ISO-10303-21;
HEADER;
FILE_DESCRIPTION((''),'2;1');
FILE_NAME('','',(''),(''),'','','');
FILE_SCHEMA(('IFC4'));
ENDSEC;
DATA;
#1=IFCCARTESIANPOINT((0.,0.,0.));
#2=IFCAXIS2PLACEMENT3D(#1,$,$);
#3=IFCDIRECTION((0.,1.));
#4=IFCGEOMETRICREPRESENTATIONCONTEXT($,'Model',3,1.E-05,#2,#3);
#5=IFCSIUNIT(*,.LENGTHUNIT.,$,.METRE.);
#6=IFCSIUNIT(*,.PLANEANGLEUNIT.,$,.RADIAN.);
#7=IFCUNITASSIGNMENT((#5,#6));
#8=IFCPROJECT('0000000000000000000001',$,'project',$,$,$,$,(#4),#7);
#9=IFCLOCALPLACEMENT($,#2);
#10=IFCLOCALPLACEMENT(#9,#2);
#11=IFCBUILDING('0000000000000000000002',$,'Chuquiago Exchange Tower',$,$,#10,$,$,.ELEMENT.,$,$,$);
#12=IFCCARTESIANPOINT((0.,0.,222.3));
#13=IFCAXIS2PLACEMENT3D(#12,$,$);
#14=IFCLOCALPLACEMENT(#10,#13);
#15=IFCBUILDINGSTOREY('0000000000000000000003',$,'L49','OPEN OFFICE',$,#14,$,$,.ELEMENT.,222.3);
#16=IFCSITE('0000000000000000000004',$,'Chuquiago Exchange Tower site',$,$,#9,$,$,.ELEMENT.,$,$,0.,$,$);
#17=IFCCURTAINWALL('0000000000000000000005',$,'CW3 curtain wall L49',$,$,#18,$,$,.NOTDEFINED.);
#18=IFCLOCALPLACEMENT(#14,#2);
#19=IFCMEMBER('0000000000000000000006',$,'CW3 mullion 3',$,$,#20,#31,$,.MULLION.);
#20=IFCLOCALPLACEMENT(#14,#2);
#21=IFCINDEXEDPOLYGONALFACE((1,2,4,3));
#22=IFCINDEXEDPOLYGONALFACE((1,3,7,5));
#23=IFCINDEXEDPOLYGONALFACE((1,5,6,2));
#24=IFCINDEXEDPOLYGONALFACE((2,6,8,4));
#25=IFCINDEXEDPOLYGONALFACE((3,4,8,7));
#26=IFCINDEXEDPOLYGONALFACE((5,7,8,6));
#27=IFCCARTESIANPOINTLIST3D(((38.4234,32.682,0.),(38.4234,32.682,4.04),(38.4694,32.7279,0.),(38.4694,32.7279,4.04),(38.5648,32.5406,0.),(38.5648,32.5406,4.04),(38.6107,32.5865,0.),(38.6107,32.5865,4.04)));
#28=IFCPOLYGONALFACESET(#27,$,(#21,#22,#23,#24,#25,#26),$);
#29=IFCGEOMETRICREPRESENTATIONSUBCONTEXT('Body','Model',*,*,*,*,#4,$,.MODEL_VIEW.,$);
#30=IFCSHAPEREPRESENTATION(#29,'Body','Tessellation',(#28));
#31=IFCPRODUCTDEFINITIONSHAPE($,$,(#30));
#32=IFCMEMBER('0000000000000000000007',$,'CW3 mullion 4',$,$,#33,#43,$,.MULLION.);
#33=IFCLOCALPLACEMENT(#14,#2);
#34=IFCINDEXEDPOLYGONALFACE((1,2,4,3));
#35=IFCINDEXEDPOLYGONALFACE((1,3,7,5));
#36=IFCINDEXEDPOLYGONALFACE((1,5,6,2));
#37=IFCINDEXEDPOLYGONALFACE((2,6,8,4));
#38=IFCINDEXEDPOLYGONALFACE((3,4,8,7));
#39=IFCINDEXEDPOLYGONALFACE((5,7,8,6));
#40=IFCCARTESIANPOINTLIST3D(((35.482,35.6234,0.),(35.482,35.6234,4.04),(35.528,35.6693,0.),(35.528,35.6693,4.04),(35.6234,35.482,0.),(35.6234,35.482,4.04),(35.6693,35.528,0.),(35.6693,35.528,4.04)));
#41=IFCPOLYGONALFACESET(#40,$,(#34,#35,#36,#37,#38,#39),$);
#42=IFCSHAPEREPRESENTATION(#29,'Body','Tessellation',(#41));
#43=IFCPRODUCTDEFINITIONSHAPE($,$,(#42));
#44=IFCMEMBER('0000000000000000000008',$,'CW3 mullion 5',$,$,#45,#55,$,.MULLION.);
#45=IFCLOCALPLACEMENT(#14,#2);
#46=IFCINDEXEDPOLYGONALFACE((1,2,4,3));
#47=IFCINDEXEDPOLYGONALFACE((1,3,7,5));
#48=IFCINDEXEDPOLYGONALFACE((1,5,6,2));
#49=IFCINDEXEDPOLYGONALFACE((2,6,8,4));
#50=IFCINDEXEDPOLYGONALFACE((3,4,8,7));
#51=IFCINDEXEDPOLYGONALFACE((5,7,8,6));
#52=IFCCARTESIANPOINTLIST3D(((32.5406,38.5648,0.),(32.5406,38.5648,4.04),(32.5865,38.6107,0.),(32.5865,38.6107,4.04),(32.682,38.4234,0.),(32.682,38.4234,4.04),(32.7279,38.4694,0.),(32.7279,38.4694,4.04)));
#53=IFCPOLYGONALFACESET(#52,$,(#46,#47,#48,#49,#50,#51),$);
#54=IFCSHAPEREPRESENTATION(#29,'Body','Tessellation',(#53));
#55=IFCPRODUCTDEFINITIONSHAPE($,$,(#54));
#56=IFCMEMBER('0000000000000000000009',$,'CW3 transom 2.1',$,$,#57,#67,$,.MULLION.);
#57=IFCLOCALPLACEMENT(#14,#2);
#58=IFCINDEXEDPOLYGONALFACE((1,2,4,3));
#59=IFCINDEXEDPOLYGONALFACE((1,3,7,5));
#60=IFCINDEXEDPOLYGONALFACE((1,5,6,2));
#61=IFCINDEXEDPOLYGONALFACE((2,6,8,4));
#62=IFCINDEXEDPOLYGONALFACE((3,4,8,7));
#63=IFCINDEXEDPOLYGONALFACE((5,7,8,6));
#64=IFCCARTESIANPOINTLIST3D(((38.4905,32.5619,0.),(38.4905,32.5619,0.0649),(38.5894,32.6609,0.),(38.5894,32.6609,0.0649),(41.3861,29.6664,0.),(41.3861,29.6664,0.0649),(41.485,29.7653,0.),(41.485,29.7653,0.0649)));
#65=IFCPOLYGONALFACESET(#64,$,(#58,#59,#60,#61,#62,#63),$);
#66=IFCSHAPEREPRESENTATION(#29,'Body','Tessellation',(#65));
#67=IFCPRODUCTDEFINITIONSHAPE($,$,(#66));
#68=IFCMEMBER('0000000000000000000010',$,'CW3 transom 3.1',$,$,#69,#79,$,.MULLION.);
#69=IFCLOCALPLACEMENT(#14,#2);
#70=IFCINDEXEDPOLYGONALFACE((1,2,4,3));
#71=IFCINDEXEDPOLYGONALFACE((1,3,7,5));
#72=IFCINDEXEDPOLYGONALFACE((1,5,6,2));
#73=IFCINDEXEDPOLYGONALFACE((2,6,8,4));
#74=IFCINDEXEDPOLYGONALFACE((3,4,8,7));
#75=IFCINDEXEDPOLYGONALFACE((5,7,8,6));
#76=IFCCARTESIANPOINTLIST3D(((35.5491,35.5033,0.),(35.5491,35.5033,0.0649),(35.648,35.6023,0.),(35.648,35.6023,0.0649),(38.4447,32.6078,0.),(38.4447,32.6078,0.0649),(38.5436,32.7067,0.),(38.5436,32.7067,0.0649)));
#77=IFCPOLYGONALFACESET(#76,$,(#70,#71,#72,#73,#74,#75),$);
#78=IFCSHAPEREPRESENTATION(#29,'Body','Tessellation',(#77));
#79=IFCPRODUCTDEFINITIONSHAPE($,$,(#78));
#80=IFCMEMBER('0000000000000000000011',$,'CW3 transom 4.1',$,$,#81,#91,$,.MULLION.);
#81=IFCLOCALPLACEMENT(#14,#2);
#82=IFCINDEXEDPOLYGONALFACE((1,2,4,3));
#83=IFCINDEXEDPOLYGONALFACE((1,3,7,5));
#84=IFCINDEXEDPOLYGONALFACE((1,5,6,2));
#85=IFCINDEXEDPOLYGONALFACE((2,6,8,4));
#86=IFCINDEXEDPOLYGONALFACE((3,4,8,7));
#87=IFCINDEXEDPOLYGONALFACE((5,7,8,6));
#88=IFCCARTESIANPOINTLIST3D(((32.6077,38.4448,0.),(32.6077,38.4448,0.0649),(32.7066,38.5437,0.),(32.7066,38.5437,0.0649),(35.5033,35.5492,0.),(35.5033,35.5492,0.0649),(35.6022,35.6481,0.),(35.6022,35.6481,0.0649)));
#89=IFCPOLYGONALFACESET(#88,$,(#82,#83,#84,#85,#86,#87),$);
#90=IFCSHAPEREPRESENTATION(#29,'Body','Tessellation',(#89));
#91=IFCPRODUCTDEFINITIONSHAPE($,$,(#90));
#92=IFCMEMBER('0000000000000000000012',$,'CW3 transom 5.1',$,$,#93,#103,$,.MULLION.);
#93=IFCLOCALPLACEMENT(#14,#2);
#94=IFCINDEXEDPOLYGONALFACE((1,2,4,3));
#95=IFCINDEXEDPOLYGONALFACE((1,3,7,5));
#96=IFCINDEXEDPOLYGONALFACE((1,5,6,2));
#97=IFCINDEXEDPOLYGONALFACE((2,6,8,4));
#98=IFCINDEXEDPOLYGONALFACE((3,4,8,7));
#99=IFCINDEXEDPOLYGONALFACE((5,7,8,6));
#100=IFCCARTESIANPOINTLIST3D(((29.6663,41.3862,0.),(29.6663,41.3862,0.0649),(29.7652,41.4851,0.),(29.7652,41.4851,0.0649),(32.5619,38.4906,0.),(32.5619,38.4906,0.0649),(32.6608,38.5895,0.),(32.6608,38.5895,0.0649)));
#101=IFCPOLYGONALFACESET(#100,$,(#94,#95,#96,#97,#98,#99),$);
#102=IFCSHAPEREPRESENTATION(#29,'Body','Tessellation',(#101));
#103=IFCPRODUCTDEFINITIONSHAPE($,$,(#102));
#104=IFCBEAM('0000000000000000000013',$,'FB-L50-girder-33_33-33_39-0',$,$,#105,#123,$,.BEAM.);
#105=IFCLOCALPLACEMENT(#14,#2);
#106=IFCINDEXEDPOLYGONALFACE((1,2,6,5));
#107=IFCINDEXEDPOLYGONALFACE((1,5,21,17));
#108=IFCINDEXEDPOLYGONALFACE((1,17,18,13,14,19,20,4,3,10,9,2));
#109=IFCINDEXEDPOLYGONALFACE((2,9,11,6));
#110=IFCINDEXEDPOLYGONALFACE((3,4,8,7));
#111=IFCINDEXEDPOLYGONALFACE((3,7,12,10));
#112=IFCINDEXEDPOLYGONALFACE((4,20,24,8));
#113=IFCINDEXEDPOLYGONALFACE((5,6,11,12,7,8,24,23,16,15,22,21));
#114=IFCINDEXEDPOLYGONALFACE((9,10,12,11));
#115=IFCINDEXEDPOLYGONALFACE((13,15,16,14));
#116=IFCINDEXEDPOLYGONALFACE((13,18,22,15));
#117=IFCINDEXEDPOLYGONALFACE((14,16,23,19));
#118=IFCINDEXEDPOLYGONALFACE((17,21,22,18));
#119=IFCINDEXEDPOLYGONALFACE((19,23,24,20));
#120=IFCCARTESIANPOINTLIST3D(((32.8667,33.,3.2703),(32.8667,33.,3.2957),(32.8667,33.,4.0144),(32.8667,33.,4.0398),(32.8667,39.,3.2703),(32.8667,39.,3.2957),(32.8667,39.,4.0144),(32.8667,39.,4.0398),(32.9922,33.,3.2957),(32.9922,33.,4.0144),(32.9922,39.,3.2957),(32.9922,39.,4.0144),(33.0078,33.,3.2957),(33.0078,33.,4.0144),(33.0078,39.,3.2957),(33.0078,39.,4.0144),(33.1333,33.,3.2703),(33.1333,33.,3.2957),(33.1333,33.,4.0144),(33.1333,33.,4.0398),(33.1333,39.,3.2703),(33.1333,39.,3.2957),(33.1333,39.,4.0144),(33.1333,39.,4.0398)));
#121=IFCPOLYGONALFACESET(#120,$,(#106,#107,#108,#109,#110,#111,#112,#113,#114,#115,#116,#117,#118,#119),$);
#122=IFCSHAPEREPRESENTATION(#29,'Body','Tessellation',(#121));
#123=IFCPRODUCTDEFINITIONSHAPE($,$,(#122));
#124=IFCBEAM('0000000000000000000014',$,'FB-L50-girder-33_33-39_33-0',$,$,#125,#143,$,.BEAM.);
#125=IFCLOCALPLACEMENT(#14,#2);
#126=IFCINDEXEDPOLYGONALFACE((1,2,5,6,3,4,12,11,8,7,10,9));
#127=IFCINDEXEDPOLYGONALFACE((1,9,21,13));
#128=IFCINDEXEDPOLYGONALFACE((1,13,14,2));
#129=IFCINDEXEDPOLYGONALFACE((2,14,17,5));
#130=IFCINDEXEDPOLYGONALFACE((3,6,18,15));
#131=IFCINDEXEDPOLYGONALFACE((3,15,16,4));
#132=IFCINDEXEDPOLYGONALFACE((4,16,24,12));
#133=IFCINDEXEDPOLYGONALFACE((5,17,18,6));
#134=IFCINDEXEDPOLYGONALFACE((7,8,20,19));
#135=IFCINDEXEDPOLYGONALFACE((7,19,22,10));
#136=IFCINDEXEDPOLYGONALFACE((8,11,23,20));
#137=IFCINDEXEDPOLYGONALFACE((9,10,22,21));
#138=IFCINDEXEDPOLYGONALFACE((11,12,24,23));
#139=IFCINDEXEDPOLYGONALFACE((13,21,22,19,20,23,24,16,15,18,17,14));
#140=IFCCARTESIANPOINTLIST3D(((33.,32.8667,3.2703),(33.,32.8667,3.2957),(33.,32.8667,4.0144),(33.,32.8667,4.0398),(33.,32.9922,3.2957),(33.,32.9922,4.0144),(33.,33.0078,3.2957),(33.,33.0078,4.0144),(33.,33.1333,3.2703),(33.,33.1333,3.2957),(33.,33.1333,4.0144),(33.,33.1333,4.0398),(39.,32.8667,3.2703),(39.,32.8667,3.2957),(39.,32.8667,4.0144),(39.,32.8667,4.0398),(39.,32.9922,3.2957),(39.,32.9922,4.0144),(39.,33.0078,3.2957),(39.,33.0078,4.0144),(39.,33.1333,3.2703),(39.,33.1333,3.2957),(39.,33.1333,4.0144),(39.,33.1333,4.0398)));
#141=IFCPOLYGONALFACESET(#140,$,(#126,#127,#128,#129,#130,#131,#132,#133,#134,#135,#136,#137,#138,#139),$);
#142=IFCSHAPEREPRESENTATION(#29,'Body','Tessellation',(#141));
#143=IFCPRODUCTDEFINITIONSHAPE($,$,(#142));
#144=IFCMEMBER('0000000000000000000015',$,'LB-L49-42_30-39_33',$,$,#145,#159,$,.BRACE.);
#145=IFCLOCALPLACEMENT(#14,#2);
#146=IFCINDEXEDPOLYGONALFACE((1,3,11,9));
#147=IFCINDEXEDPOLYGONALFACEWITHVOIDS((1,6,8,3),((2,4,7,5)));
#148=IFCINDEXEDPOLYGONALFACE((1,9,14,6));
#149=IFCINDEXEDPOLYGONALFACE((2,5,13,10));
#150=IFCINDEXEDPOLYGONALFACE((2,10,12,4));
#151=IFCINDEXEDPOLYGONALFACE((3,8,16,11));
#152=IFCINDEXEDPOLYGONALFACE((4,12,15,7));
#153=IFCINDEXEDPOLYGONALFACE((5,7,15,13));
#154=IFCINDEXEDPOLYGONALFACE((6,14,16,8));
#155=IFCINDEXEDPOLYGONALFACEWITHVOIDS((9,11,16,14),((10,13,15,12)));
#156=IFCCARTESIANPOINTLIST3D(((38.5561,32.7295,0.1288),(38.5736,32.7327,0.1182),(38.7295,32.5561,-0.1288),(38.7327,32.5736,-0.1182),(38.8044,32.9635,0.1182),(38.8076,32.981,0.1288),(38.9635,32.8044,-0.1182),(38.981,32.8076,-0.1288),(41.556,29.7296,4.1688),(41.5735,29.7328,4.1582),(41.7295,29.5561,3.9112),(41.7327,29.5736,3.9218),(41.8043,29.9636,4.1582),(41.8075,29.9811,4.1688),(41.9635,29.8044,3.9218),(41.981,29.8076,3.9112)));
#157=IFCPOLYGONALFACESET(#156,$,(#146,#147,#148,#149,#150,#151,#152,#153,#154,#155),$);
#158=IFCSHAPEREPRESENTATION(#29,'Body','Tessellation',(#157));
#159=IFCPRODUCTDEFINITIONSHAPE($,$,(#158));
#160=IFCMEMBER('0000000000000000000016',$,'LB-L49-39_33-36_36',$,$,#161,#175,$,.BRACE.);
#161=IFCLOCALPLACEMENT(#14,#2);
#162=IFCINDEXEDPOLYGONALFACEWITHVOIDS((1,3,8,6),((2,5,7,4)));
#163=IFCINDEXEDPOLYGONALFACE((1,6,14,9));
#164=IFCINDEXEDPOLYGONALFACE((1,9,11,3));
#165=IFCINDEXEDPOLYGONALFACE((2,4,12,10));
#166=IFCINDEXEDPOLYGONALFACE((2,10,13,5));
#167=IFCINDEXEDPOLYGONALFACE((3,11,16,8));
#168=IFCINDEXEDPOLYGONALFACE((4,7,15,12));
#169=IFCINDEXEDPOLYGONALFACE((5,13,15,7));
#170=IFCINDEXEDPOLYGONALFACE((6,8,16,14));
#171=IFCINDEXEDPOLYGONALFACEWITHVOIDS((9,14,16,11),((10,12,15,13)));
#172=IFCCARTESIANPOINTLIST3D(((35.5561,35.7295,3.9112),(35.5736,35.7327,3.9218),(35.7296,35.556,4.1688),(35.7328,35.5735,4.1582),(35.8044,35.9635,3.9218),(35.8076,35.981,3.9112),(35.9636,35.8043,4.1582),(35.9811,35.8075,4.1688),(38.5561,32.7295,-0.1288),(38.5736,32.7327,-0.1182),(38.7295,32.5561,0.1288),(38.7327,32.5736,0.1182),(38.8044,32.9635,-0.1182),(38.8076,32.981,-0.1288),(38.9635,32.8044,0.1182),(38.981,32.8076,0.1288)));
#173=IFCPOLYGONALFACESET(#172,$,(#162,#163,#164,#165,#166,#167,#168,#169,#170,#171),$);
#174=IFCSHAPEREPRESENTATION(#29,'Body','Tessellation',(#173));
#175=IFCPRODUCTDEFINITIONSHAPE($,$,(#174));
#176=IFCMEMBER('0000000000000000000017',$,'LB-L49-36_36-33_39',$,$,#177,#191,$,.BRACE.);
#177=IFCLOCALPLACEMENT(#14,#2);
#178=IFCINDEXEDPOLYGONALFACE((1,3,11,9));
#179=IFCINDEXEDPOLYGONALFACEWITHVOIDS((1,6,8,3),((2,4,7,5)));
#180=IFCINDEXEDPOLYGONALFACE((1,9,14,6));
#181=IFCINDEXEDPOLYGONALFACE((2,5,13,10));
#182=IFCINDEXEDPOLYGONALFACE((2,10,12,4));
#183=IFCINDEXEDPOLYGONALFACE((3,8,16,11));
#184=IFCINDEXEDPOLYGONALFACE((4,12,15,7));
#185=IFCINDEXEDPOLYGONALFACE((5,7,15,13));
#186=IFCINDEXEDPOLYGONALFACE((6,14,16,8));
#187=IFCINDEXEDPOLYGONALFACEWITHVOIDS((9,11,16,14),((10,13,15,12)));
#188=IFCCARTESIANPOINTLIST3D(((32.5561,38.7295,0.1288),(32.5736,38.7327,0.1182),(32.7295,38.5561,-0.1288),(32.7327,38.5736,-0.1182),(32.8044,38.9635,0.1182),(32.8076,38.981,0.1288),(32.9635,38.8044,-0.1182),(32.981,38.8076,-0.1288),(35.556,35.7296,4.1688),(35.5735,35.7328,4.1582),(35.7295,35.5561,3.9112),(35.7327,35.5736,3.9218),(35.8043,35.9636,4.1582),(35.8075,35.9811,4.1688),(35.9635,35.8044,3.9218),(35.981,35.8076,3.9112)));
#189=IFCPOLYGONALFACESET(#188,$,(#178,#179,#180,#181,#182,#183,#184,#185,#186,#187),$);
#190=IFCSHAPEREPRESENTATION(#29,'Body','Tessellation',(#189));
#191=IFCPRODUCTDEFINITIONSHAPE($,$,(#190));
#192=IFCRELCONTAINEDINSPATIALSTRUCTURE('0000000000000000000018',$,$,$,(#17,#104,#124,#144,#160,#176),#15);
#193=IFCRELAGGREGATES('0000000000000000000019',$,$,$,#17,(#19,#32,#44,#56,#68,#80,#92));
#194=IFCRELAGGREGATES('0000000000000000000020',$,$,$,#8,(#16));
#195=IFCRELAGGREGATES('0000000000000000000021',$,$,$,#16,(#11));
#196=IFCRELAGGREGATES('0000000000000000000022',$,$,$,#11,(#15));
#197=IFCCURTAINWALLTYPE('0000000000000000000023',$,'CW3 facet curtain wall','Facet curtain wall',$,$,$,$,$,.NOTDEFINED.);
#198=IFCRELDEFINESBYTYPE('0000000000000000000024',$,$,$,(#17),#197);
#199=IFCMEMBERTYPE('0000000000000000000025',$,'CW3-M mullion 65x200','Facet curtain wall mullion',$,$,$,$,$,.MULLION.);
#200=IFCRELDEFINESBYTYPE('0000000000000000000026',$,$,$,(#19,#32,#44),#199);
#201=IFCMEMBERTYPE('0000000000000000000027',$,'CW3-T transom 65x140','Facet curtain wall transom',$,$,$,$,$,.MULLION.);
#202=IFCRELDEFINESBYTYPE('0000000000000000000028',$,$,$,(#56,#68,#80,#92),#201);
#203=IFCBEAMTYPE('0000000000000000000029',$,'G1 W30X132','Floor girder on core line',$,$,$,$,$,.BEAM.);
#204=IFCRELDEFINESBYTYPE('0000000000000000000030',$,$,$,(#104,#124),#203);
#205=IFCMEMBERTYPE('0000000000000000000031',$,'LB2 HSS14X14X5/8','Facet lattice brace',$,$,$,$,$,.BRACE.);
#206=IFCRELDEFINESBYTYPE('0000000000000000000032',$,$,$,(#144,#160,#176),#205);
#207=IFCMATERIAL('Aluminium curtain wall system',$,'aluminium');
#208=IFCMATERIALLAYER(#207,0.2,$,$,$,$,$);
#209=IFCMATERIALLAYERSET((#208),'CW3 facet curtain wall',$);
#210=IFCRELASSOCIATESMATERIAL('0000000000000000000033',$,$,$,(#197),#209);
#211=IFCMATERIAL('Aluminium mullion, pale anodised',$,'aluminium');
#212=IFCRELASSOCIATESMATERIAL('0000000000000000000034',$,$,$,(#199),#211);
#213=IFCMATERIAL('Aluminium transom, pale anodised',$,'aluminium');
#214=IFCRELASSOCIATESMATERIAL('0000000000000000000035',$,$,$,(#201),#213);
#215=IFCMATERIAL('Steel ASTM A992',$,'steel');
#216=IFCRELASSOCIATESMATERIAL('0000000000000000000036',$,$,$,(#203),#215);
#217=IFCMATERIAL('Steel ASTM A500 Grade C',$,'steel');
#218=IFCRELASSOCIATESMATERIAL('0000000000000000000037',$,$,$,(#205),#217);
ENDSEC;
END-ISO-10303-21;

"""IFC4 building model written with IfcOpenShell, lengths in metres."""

from ifc_helpers import new_model, si_unit, direction, frame, origin, origin_2d, place, context, subcontext, project, spatial, rectangle, hollow_rectangle, i_section, extrude, material, layer, layer_set, material_profile, profile_set, type_object, element, aggregate, save


model = new_model("IFC4")

# Units and contexts
model_context = context("Model", 3, precision=1e-05, world=origin(), true_north=direction((0.0, 1.0)))
body_context = subcontext(model_context, "Body", "Model", "MODEL_VIEW")
ifc_project = project(units=[si_unit("LENGTHUNIT", "METRE"), si_unit("PLANEANGLEUNIT", "RADIAN")], contexts=[model_context])

# Site, building, storey
site_placement = place(None, origin())
site = spatial("IfcSite", under=ifc_project, at=site_placement, Name="Chuquiago Exchange Tower site", CompositionType="ELEMENT", RefElevation=0.0)
building_placement = place(site_placement, origin())
building = spatial("IfcBuilding", under=site, at=building_placement, Name="Chuquiago Exchange Tower", CompositionType="ELEMENT")
storey_placement = place(building_placement, frame((0.0, 0.0, 222.3)))
storey = spatial("IfcBuildingStorey", under=building, at=storey_placement, Name="L49", Description="OPEN OFFICE", CompositionType="ELEMENT", Elevation=222.3)

# Curtain wall, members
ifc_material_1 = material(Name="Aluminium curtain wall system", Category="aluminium")
ifc_layer_1 = layer(ifc_material_1, 0.2)
ifc_layer_set_1 = layer_set([ifc_layer_1], Name="CW3 facet curtain wall")
curtain_wall_type = type_object("IfcCurtainWallType", Name="CW3 facet curtain wall", Description="Facet curtain wall", PredefinedType="NOTDEFINED", material=ifc_layer_set_1)
curtain_wall_placement = place(storey_placement, origin())
curtain_wall = element("IfcCurtainWall", 1, at=curtain_wall_placement, inside=storey, type_object=curtain_wall_type, Name="CW3 curtain wall L49", PredefinedType="NOTDEFINED")
ifc_material_2 = material(Name="Aluminium mullion, pale anodised", Category="aluminium")
ifc_material_profile_1 = material_profile(ifc_material_2, rectangle(XDim=0.0649, YDim=0.2, at=origin_2d()), Name="AL 65x200")
ifc_profile_set_1 = profile_set([ifc_material_profile_1], Name="Aluminium mullion, pale anodised")
member_type_1 = type_object("IfcMemberType", Name="CW3-M mullion 65x200", Description="Facet curtain wall mullion", PredefinedType="MULLION", material=ifc_profile_set_1)
member_1_placement = place(storey_placement, frame((38.5171, 32.6343, 0.0), z_axis=(0.0, 0.0, 1.0), x_axis=(-0.707107, -0.707107, 0.0)))
member_1 = element("IfcMember", 2, at=member_1_placement, type_object=member_type_1, Name="CW3 mullion 3", PredefinedType="MULLION", context=body_context, shape_type="SweptSolid", body=[
    extrude(rectangle(XDim=0.0649, YDim=0.2, at=origin_2d()), origin(), (0.0, 0.0, 1.0), 4.04),
])
member_2_placement = place(storey_placement, frame((35.5757, 35.5757, 0.0), z_axis=(0.0, 0.0, 1.0), x_axis=(-0.707107, -0.707107, 0.0)))
member_2 = element("IfcMember", 3, at=member_2_placement, type_object=member_type_1, Name="CW3 mullion 4", PredefinedType="MULLION", context=body_context, shape_type="SweptSolid", body=[
    extrude(rectangle(XDim=0.0649, YDim=0.2, at=origin_2d()), origin(), (0.0, 0.0, 1.0), 4.04),
])
member_3_placement = place(storey_placement, frame((32.6343, 38.5171, 0.0), z_axis=(0.0, 0.0, 1.0), x_axis=(-0.707107, -0.707107, 0.0)))
member_3 = element("IfcMember", 4, at=member_3_placement, type_object=member_type_1, Name="CW3 mullion 5", PredefinedType="MULLION", context=body_context, shape_type="SweptSolid", body=[
    extrude(rectangle(XDim=0.0649, YDim=0.2, at=origin_2d()), origin(), (0.0, 0.0, 1.0), 4.04),
])
ifc_material_3 = material(Name="Aluminium transom, pale anodised", Category="aluminium")
ifc_material_profile_2 = material_profile(ifc_material_3, rectangle(XDim=0.1399, YDim=0.0649, at=origin_2d()), Name="AL 140x65")
ifc_profile_set_2 = profile_set([ifc_material_profile_2], Name="Aluminium transom, pale anodised")
member_type_2 = type_object("IfcMemberType", Name="CW3-T transom 65x140", Description="Facet curtain wall transom", PredefinedType="MULLION", material=ifc_profile_set_2)
member_4_placement = place(storey_placement, frame((41.4355, 29.7158, 0.0325), z_axis=(-0.707107, 0.707107, 0.0), x_axis=(-0.707107, -0.707107, 0.0)))
member_4 = element("IfcMember", 5, at=member_4_placement, type_object=member_type_2, Name="CW3 transom 2.1", PredefinedType="MULLION", context=body_context, shape_type="SweptSolid", body=[
    extrude(rectangle(XDim=0.1399, YDim=0.0649, at=origin_2d()), origin(), (0.0, 0.0, 1.0), 4.095),
])
member_5_placement = place(storey_placement, frame((38.4941, 32.6572, 0.0325), z_axis=(-0.707107, 0.707107, 0.0), x_axis=(-0.707107, -0.707107, 0.0)))
member_5 = element("IfcMember", 6, at=member_5_placement, type_object=member_type_2, Name="CW3 transom 3.1", PredefinedType="MULLION", context=body_context, shape_type="SweptSolid", body=[
    extrude(rectangle(XDim=0.1399, YDim=0.0649, at=origin_2d()), origin(), (0.0, 0.0, 1.0), 4.095),
])
member_6_placement = place(storey_placement, frame((35.5527, 35.5986, 0.0325), z_axis=(-0.707107, 0.707107, 0.0), x_axis=(-0.707107, -0.707107, 0.0)))
member_6 = element("IfcMember", 7, at=member_6_placement, type_object=member_type_2, Name="CW3 transom 4.1", PredefinedType="MULLION", context=body_context, shape_type="SweptSolid", body=[
    extrude(rectangle(XDim=0.1399, YDim=0.0649, at=origin_2d()), origin(), (0.0, 0.0, 1.0), 4.095),
])
member_7_placement = place(storey_placement, frame((32.6113, 38.54, 0.0325), z_axis=(-0.707107, 0.707107, 0.0), x_axis=(-0.707107, -0.707107, 0.0)))
member_7 = element("IfcMember", 8, at=member_7_placement, type_object=member_type_2, Name="CW3 transom 5.1", PredefinedType="MULLION", context=body_context, shape_type="SweptSolid", body=[
    extrude(rectangle(XDim=0.1399, YDim=0.0649, at=origin_2d()), origin(), (0.0, 0.0, 1.0), 4.095),
])

# Beams
ifc_material_4 = material(Name="Steel ASTM A992", Category="steel")
ifc_material_profile_3 = material_profile(ifc_material_4, i_section(OverallWidth=0.2666, OverallDepth=0.7695, WebThickness=0.0156, FlangeThickness=0.0254, at=origin_2d()), Name="W30X132")
ifc_profile_set_3 = profile_set([ifc_material_profile_3], Name="Steel ASTM A992")
beam_type_1 = type_object("IfcBeamType", Name="G1 W30X132", Description="Floor girder on core line", PredefinedType="BEAM", material=ifc_profile_set_3)
for number, where, z_axis, x_axis, name in (
    (9, (33.0, 33.0, 3.655), (0.0, 1.0, 0.0), (-1.0, 0.0, 0.0), "FB-L50-girder-33_33-33_39-0"),
    (10, (33.0, 33.0, 3.655), (1.0, 0.0, 0.0), (0.0, 1.0, 0.0), "FB-L50-girder-33_33-39_33-0"),
):
    element("IfcBeam", number, at=place(storey_placement, frame(where, z_axis=z_axis, x_axis=x_axis)), inside=storey, type_object=beam_type_1, Name=name, PredefinedType="BEAM", context=body_context, shape_type="SweptSolid", body=[
        extrude(i_section(OverallWidth=0.2666, OverallDepth=0.7695, WebThickness=0.0156, FlangeThickness=0.0254, at=origin_2d()), origin(), (0.0, 0.0, 1.0), 6.0),
    ])

# Members
ifc_material_5 = material(Name="Steel ASTM A500 Grade C", Category="steel")
ifc_material_profile_4 = material_profile(ifc_material_5, hollow_rectangle(XDim=0.3557, YDim=0.3557, WallThickness=0.0146, at=origin_2d()), Name="HSS14X14X5/8")
ifc_profile_set_4 = profile_set([ifc_material_profile_4], Name="Steel ASTM A500 Grade C")
member_type_3 = type_object("IfcMemberType", Name="LB2 HSS14X14X5/8", Description="Facet lattice brace", PredefinedType="BRACE", material=ifc_profile_set_4)
for number, where, z_axis, x_axis, name in (
    (11, (38.7686, 32.7686, 0.0), (0.512077, -0.512077, 0.689604), (0.707107, 0.707107, 0.0), "LB-L49-42_30-39_33"),
    (12, (38.7686, 32.7686, 0.0), (-0.512077, 0.512077, 0.689604), (-0.707107, -0.707107, 0.0), "LB-L49-39_33-36_36"),
    (13, (32.7686, 38.7686, 0.0), (0.512077, -0.512077, 0.689604), (0.707107, 0.707107, 0.0), "LB-L49-36_36-33_39"),
):
    element("IfcMember", number, at=place(storey_placement, frame(where, z_axis=z_axis, x_axis=x_axis)), inside=storey, type_object=member_type_3, Name=name, PredefinedType="BRACE", context=body_context, shape_type="SweptSolid", body=[
        extrude(hollow_rectangle(XDim=0.3557, YDim=0.3557, WallThickness=0.0146, at=origin_2d()), origin(), (0.0, 0.0, 1.0), 5.8584),
    ])

aggregate(curtain_wall, [member_1, member_2, member_3, member_4, member_5, member_6, member_7])

save(model, "model.ifc")
